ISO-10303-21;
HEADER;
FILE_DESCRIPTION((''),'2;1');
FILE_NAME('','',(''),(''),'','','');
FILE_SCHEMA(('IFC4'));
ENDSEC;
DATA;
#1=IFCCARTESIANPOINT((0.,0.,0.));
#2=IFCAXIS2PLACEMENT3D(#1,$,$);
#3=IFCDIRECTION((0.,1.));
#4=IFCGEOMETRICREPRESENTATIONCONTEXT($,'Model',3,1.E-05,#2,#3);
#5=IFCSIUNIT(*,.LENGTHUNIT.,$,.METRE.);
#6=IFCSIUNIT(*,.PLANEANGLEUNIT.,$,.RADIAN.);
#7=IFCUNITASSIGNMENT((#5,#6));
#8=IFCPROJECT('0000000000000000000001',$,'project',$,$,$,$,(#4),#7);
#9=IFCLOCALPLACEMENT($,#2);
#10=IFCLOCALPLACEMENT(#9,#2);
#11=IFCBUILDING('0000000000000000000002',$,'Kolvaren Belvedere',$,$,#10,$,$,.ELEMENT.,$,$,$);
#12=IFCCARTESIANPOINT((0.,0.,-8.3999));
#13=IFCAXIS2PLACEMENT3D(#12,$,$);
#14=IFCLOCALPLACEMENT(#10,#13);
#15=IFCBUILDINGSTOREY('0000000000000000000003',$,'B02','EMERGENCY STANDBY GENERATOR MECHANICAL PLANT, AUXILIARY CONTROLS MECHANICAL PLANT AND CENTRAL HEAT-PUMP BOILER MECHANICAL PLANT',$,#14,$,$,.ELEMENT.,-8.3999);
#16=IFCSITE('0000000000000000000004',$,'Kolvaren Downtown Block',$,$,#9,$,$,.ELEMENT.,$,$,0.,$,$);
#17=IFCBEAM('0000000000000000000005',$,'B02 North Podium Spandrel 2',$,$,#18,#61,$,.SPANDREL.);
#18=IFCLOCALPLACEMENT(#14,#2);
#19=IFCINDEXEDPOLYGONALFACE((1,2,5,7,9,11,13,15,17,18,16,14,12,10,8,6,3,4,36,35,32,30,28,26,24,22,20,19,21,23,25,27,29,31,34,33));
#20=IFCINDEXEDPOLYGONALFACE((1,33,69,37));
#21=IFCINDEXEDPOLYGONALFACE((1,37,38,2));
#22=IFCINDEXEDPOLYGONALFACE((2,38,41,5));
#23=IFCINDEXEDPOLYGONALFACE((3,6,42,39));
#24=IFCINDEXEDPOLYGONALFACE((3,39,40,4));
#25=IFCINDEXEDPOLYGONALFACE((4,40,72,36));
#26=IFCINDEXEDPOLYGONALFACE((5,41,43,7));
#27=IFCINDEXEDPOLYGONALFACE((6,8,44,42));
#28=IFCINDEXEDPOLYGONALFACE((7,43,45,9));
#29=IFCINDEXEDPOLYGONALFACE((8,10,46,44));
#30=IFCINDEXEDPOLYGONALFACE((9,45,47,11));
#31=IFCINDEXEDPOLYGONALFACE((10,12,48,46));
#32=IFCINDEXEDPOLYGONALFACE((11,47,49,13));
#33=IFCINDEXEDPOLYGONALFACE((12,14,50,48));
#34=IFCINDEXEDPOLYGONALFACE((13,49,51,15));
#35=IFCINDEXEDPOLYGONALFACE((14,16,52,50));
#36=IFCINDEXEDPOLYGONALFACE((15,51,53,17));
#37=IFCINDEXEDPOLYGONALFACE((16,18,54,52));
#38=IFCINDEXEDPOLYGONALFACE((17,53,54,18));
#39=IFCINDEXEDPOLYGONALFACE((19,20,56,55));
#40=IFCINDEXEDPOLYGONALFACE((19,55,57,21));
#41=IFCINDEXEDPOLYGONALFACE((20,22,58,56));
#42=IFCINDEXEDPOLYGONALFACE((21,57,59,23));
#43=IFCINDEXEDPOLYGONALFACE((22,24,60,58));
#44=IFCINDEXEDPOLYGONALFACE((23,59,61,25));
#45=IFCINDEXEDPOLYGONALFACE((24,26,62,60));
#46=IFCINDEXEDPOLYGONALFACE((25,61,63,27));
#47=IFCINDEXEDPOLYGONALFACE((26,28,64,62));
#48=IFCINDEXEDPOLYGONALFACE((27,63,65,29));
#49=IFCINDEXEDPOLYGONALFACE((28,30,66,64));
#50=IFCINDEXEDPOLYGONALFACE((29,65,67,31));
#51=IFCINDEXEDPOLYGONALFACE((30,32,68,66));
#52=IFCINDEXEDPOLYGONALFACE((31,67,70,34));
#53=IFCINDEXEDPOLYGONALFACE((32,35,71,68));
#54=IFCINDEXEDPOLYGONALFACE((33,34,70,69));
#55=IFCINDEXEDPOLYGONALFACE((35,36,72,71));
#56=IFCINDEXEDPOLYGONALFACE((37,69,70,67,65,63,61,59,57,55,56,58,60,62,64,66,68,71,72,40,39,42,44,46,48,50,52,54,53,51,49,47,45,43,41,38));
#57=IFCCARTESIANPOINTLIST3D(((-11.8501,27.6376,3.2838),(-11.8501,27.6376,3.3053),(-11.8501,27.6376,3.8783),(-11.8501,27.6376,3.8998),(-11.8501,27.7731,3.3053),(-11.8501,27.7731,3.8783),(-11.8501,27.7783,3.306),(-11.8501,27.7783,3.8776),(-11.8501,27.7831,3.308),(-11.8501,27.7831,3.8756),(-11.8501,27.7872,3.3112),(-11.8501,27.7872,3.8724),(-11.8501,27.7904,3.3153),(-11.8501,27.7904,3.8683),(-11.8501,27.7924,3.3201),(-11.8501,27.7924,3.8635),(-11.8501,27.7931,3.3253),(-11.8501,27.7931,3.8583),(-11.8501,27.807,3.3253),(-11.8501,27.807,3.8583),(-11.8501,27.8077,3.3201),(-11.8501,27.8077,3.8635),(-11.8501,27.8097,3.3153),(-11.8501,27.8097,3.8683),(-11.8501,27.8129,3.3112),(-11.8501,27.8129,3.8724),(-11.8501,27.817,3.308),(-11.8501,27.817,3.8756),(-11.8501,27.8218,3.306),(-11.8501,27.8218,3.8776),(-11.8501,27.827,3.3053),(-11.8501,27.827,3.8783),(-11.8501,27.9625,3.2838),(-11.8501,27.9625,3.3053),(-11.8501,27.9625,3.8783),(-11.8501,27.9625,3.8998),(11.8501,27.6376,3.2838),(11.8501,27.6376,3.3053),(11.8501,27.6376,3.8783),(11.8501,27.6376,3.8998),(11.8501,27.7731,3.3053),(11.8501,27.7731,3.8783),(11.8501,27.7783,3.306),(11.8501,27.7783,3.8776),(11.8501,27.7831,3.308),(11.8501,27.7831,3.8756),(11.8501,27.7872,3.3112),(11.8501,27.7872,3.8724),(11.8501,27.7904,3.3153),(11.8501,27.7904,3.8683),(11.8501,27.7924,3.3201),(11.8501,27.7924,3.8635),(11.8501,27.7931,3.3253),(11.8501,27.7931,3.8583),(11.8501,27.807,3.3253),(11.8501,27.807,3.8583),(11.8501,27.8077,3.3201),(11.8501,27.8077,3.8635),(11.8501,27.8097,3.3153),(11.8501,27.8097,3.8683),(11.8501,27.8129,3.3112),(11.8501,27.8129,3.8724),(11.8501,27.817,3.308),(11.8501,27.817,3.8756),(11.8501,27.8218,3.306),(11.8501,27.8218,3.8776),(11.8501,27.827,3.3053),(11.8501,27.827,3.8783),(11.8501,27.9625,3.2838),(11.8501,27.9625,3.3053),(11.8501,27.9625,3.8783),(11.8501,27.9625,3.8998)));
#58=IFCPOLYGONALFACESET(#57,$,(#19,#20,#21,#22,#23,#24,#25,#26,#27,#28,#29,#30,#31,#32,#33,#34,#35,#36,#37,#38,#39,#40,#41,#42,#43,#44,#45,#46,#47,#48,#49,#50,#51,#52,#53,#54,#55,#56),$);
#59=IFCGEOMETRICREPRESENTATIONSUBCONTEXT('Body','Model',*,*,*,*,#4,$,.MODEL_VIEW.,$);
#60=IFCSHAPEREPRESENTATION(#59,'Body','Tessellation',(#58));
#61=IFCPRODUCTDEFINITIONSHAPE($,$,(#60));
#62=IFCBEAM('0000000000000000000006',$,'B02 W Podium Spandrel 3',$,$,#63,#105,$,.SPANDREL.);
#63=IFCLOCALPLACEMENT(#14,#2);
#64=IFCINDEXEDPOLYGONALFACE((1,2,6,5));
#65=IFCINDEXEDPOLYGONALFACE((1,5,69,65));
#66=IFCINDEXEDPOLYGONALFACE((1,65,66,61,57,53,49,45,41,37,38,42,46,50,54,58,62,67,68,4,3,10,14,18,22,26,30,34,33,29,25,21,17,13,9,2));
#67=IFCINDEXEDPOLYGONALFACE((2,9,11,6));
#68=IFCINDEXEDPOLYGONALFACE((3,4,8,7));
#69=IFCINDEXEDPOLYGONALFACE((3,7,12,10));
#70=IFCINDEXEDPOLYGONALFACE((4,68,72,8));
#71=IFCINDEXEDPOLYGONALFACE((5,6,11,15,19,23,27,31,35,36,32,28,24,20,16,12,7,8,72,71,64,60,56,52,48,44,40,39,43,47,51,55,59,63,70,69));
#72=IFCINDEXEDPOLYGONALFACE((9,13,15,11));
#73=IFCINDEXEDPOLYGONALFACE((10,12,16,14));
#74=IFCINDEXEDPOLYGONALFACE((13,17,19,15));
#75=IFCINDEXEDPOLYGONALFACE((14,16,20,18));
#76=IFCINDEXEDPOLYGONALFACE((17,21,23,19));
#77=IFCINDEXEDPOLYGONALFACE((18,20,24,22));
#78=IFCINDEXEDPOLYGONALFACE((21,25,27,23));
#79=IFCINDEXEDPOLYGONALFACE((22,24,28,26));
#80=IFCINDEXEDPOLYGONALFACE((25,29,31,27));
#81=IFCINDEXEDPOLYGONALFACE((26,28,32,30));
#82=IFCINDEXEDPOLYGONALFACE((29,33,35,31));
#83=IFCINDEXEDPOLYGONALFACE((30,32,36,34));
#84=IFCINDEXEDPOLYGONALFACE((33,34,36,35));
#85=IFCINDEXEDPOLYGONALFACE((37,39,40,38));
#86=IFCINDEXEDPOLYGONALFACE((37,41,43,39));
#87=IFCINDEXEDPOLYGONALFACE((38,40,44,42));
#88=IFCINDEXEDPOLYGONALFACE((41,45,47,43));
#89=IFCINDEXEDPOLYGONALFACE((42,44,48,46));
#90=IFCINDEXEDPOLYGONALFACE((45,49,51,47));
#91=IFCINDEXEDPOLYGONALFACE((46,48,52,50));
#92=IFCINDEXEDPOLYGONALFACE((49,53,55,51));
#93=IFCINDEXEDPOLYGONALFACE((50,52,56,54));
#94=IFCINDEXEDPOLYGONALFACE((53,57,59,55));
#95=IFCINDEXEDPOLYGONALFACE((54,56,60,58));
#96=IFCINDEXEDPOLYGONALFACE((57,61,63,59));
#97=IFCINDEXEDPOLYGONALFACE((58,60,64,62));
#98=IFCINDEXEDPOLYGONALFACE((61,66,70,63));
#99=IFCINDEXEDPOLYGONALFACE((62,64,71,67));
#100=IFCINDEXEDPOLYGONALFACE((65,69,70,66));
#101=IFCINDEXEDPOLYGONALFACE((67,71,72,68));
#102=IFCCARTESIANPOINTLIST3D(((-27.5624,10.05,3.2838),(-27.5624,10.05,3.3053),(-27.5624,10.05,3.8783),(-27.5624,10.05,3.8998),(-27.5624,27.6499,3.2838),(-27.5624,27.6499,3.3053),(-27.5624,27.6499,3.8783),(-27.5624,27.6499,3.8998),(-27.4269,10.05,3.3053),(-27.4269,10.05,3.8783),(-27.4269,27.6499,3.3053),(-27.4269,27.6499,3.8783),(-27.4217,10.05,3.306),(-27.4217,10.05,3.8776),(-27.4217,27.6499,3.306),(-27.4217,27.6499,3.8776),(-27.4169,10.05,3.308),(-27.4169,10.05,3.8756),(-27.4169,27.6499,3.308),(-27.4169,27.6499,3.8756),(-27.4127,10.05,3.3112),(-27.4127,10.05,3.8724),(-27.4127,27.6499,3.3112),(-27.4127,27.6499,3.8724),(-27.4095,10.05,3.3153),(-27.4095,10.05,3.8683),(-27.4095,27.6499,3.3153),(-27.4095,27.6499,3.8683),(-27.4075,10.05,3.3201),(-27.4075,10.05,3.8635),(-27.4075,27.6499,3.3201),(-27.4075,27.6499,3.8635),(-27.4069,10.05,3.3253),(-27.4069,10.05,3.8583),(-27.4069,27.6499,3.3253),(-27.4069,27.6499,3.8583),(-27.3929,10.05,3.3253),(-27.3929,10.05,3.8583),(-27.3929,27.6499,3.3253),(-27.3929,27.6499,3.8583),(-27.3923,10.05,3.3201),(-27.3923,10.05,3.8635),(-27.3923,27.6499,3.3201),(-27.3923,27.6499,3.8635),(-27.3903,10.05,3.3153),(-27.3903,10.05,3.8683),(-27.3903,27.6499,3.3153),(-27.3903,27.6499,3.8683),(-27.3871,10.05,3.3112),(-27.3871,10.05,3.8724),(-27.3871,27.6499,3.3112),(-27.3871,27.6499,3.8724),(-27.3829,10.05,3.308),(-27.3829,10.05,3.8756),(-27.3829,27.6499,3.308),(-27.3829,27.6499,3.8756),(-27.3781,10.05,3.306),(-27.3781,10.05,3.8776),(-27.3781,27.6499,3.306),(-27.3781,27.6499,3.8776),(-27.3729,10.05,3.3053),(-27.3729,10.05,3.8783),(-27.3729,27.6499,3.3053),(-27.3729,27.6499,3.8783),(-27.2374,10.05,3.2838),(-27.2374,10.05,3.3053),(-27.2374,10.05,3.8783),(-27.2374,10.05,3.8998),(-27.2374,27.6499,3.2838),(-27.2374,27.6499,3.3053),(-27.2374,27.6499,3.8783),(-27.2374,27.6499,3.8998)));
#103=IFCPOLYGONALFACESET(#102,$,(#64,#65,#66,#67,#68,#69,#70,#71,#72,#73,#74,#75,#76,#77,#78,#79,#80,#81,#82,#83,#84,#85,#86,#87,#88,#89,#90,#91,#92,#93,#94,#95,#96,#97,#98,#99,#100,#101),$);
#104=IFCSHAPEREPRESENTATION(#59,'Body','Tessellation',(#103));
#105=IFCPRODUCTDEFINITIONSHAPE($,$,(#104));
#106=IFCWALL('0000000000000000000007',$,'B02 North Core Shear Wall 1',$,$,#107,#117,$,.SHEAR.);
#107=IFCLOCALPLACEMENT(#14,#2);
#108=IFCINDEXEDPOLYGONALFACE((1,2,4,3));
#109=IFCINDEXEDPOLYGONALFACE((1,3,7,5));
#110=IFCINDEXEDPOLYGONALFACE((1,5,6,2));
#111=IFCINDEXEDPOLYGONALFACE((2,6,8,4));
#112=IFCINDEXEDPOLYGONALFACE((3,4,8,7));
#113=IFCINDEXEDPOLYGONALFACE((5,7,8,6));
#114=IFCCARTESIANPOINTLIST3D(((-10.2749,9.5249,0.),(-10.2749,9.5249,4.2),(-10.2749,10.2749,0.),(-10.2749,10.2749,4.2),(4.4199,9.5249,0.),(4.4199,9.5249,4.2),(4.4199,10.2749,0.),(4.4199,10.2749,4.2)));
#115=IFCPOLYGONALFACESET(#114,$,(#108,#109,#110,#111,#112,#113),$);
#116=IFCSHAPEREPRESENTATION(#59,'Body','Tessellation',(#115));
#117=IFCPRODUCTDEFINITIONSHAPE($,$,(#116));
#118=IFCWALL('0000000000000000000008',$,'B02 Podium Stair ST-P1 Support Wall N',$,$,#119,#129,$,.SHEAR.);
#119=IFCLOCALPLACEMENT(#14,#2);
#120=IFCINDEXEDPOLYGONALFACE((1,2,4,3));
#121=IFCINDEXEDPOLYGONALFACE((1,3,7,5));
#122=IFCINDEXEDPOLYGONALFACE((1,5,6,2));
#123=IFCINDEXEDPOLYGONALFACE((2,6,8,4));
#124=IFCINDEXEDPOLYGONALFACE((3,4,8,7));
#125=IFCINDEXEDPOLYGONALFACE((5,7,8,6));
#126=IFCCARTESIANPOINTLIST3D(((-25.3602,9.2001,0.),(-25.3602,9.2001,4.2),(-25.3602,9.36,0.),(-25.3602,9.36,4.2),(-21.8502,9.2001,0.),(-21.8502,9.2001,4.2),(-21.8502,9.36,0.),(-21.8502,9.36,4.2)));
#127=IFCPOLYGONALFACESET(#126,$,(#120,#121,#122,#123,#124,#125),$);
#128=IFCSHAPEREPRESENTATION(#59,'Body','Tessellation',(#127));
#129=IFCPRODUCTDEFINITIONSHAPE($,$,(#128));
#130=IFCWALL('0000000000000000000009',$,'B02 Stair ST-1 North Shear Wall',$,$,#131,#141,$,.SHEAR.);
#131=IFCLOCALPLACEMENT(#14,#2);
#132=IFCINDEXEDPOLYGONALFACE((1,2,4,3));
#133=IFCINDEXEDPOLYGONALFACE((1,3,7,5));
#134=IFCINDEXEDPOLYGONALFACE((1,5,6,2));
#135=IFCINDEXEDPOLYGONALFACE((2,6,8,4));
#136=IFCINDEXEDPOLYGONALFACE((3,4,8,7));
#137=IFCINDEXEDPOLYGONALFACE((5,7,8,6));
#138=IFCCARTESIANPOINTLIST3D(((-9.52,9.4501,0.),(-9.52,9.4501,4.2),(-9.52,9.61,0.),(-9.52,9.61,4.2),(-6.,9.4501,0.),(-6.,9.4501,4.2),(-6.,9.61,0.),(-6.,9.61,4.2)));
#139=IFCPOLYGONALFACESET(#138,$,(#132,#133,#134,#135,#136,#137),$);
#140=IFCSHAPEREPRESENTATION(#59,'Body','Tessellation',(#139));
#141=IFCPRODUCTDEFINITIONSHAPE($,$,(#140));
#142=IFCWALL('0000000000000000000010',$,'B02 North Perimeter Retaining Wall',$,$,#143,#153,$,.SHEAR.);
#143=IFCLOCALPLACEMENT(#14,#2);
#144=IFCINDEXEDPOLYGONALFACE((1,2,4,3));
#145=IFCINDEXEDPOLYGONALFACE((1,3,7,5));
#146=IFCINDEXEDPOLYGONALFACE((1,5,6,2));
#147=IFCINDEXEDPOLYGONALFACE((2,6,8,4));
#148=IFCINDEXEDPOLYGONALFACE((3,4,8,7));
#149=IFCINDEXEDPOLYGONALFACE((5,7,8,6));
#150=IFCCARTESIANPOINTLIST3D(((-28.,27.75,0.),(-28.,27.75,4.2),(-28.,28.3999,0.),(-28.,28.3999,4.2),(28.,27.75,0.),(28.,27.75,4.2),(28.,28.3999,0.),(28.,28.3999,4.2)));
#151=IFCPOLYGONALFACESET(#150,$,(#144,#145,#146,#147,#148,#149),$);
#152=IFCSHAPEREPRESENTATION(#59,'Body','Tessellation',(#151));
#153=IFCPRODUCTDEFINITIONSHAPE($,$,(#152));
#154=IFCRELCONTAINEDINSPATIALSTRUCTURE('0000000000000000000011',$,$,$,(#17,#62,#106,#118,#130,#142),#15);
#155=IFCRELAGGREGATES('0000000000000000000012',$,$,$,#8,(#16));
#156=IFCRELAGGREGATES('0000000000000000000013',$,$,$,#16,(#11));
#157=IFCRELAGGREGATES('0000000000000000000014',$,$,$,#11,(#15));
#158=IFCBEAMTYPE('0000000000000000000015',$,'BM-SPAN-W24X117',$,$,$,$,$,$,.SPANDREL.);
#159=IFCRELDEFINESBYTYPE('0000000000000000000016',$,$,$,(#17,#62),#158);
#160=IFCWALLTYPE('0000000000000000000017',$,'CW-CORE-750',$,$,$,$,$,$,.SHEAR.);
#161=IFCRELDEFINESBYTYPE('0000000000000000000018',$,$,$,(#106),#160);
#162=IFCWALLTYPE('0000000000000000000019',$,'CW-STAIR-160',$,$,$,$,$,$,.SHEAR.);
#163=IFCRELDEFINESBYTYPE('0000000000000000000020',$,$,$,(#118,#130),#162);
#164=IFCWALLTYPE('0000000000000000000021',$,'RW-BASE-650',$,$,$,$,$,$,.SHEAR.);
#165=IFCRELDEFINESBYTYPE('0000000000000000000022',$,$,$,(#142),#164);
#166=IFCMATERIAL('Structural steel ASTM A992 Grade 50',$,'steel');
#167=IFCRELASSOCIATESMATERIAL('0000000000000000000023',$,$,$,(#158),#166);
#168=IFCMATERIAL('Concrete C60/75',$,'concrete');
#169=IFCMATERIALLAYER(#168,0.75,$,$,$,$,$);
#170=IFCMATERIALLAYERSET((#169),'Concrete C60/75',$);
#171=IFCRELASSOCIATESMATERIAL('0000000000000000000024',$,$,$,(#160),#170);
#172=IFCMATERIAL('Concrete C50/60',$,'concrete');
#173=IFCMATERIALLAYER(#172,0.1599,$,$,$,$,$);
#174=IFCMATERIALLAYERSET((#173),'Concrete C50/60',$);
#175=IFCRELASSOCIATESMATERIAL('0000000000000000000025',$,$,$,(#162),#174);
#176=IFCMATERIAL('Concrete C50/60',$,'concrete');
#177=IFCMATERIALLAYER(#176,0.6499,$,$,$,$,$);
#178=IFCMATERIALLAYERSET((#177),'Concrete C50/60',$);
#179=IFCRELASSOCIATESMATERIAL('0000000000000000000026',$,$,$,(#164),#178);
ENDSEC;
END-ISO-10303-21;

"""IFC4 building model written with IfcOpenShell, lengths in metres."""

from ifc_helpers import new_model, si_unit, direction, frame, frame_2d, origin, origin_2d, place, context, subcontext, project, spatial, rectangle, i_section, extrude, material, layer, layer_set, material_profile, profile_set, type_object, element, save


model = new_model("IFC4")

# Units and contexts
model_context = context("Model", 3, precision=1e-05, world=origin(), true_north=direction((0.0, 1.0)))
body_context = subcontext(model_context, "Body", "Model", "MODEL_VIEW")
ifc_project = project(units=[si_unit("LENGTHUNIT", "METRE"), si_unit("PLANEANGLEUNIT", "RADIAN")], contexts=[model_context])

# Site, building, storey
site_placement = place(None, origin())
site = spatial("IfcSite", under=ifc_project, at=site_placement, Name="Kolvaren Downtown Block", CompositionType="ELEMENT", RefElevation=0.0)
building_placement = place(site_placement, origin())
building = spatial("IfcBuilding", under=site, at=building_placement, Name="Kolvaren Belvedere", CompositionType="ELEMENT")
storey_placement = place(building_placement, frame((0.0, 0.0, -8.3999)))
storey = spatial("IfcBuildingStorey", under=building, at=storey_placement, Name="B02", Description="EMERGENCY STANDBY GENERATOR MECHANICAL PLANT, AUXILIARY CONTROLS MECHANICAL PLANT AND CENTRAL HEAT-PUMP BOILER MECHANICAL PLANT", CompositionType="ELEMENT", Elevation=-8.3999)

# Beams
ifc_material_1 = material(Name="Structural steel ASTM A992 Grade 50", Category="steel")
ifc_material_profile_1 = material_profile(ifc_material_1, i_section(OverallWidth=0.325, OverallDepth=0.616, WebThickness=0.0139, FlangeThickness=0.0215, FilletRadius=0.02, at=origin_2d()), Name="W24X117")
ifc_profile_set_1 = profile_set([ifc_material_profile_1], Name="Structural steel ASTM A992 Grade 50")
beam_type_1 = type_object("IfcBeamType", Name="BM-SPAN-W24X117", PredefinedType="SPANDREL", material=ifc_profile_set_1)
beam_1_placement = place(storey_placement, frame((-11.8501, 27.8, 3.5918), z_axis=(1.0, 0.0, 0.0), x_axis=(0.0, 1.0, 0.0)))
element("IfcBeam", 1, at=beam_1_placement, inside=storey, type_object=beam_type_1, Name="B02 North Podium Spandrel 2", PredefinedType="SPANDREL", context=body_context, shape_type="SweptSolid", body=[
    extrude(i_section(OverallWidth=0.325, OverallDepth=0.616, WebThickness=0.0139, FlangeThickness=0.0215, FilletRadius=0.02, at=origin_2d()), origin(), (0.0, 0.0, 1.0), 23.7002),
])
beam_2_placement = place(storey_placement, frame((-27.3999, 10.05, 3.5918), z_axis=(0.0, 1.0, 0.0), x_axis=(-1.0, 0.0, 0.0)))
element("IfcBeam", 2, at=beam_2_placement, inside=storey, type_object=beam_type_1, Name="B02 W Podium Spandrel 3", PredefinedType="SPANDREL", context=body_context, shape_type="SweptSolid", body=[
    extrude(i_section(OverallWidth=0.325, OverallDepth=0.616, WebThickness=0.0139, FlangeThickness=0.0215, FilletRadius=0.02, at=origin_2d()), origin(), (0.0, 0.0, 1.0), 17.5999),
])

# Walls
ifc_material_2 = material(Name="Concrete C60/75", Category="concrete")
ifc_layer_1 = layer(ifc_material_2, 0.75)
ifc_layer_set_1 = layer_set([ifc_layer_1], Name="Concrete C60/75")
wall_type_1 = type_object("IfcWallType", Name="CW-CORE-750", PredefinedType="SHEAR", material=ifc_layer_set_1)
wall_1_placement = place(storey_placement, frame((-10.2749, 9.8999, 0.0), z_axis=(0.0, 0.0, 1.0), x_axis=(1.0, 0.0, 0.0)))
element("IfcWall", 3, at=wall_1_placement, inside=storey, type_object=wall_type_1, Name="B02 North Core Shear Wall 1", PredefinedType="SHEAR", context=body_context, shape_type="SweptSolid", body=[
    extrude(rectangle(XDim=14.6948, YDim=0.75, at=frame_2d((7.3474, 0.0))), origin(), (0.0, 0.0, 1.0), 4.2),
])
ifc_material_3 = material(Name="Concrete C50/60", Category="concrete")
ifc_layer_2 = layer(ifc_material_3, 0.1599)
ifc_layer_set_2 = layer_set([ifc_layer_2], Name="Concrete C50/60")
wall_type_2 = type_object("IfcWallType", Name="CW-STAIR-160", PredefinedType="SHEAR", material=ifc_layer_set_2)
wall_2_placement = place(storey_placement, frame((-25.3601, 9.28, 0.0), z_axis=(0.0, 0.0, 1.0), x_axis=(1.0, 0.0, 0.0)))
element("IfcWall", 4, at=wall_2_placement, inside=storey, type_object=wall_type_2, Name="B02 Podium Stair ST-P1 Support Wall N", PredefinedType="SHEAR", context=body_context, shape_type="SweptSolid", body=[
    extrude(rectangle(XDim=3.51, YDim=0.1599, at=frame_2d((1.7549, 0.0))), origin(), (0.0, 0.0, 1.0), 4.2),
])
wall_3_placement = place(storey_placement, frame((-9.52, 9.53, 0.0), z_axis=(0.0, 0.0, 1.0), x_axis=(1.0, 0.0, 0.0)))
element("IfcWall", 5, at=wall_3_placement, inside=storey, type_object=wall_type_2, Name="B02 Stair ST-1 North Shear Wall", PredefinedType="SHEAR", context=body_context, shape_type="SweptSolid", body=[
    extrude(rectangle(XDim=3.52, YDim=0.1599, at=frame_2d((1.76, 0.0))), origin(), (0.0, 0.0, 1.0), 4.2),
])
ifc_material_4 = material(Name="Concrete C50/60", Category="concrete")
ifc_layer_3 = layer(ifc_material_4, 0.6499)
ifc_layer_set_3 = layer_set([ifc_layer_3], Name="Concrete C50/60")
wall_type_3 = type_object("IfcWallType", Name="RW-BASE-650", PredefinedType="SHEAR", material=ifc_layer_set_3)
wall_4_placement = place(storey_placement, frame((-28.0, 28.075, 0.0), z_axis=(0.0, 0.0, 1.0), x_axis=(1.0, 0.0, 0.0)))
element("IfcWall", 6, at=wall_4_placement, inside=storey, type_object=wall_type_3, Name="B02 North Perimeter Retaining Wall", PredefinedType="SHEAR", context=body_context, shape_type="SweptSolid", body=[
    extrude(rectangle(XDim=56.0, YDim=0.6499, at=frame_2d((28.0, 0.0))), origin(), (0.0, 0.0, 1.0), 4.2),
])

save(model, "model.ifc")
